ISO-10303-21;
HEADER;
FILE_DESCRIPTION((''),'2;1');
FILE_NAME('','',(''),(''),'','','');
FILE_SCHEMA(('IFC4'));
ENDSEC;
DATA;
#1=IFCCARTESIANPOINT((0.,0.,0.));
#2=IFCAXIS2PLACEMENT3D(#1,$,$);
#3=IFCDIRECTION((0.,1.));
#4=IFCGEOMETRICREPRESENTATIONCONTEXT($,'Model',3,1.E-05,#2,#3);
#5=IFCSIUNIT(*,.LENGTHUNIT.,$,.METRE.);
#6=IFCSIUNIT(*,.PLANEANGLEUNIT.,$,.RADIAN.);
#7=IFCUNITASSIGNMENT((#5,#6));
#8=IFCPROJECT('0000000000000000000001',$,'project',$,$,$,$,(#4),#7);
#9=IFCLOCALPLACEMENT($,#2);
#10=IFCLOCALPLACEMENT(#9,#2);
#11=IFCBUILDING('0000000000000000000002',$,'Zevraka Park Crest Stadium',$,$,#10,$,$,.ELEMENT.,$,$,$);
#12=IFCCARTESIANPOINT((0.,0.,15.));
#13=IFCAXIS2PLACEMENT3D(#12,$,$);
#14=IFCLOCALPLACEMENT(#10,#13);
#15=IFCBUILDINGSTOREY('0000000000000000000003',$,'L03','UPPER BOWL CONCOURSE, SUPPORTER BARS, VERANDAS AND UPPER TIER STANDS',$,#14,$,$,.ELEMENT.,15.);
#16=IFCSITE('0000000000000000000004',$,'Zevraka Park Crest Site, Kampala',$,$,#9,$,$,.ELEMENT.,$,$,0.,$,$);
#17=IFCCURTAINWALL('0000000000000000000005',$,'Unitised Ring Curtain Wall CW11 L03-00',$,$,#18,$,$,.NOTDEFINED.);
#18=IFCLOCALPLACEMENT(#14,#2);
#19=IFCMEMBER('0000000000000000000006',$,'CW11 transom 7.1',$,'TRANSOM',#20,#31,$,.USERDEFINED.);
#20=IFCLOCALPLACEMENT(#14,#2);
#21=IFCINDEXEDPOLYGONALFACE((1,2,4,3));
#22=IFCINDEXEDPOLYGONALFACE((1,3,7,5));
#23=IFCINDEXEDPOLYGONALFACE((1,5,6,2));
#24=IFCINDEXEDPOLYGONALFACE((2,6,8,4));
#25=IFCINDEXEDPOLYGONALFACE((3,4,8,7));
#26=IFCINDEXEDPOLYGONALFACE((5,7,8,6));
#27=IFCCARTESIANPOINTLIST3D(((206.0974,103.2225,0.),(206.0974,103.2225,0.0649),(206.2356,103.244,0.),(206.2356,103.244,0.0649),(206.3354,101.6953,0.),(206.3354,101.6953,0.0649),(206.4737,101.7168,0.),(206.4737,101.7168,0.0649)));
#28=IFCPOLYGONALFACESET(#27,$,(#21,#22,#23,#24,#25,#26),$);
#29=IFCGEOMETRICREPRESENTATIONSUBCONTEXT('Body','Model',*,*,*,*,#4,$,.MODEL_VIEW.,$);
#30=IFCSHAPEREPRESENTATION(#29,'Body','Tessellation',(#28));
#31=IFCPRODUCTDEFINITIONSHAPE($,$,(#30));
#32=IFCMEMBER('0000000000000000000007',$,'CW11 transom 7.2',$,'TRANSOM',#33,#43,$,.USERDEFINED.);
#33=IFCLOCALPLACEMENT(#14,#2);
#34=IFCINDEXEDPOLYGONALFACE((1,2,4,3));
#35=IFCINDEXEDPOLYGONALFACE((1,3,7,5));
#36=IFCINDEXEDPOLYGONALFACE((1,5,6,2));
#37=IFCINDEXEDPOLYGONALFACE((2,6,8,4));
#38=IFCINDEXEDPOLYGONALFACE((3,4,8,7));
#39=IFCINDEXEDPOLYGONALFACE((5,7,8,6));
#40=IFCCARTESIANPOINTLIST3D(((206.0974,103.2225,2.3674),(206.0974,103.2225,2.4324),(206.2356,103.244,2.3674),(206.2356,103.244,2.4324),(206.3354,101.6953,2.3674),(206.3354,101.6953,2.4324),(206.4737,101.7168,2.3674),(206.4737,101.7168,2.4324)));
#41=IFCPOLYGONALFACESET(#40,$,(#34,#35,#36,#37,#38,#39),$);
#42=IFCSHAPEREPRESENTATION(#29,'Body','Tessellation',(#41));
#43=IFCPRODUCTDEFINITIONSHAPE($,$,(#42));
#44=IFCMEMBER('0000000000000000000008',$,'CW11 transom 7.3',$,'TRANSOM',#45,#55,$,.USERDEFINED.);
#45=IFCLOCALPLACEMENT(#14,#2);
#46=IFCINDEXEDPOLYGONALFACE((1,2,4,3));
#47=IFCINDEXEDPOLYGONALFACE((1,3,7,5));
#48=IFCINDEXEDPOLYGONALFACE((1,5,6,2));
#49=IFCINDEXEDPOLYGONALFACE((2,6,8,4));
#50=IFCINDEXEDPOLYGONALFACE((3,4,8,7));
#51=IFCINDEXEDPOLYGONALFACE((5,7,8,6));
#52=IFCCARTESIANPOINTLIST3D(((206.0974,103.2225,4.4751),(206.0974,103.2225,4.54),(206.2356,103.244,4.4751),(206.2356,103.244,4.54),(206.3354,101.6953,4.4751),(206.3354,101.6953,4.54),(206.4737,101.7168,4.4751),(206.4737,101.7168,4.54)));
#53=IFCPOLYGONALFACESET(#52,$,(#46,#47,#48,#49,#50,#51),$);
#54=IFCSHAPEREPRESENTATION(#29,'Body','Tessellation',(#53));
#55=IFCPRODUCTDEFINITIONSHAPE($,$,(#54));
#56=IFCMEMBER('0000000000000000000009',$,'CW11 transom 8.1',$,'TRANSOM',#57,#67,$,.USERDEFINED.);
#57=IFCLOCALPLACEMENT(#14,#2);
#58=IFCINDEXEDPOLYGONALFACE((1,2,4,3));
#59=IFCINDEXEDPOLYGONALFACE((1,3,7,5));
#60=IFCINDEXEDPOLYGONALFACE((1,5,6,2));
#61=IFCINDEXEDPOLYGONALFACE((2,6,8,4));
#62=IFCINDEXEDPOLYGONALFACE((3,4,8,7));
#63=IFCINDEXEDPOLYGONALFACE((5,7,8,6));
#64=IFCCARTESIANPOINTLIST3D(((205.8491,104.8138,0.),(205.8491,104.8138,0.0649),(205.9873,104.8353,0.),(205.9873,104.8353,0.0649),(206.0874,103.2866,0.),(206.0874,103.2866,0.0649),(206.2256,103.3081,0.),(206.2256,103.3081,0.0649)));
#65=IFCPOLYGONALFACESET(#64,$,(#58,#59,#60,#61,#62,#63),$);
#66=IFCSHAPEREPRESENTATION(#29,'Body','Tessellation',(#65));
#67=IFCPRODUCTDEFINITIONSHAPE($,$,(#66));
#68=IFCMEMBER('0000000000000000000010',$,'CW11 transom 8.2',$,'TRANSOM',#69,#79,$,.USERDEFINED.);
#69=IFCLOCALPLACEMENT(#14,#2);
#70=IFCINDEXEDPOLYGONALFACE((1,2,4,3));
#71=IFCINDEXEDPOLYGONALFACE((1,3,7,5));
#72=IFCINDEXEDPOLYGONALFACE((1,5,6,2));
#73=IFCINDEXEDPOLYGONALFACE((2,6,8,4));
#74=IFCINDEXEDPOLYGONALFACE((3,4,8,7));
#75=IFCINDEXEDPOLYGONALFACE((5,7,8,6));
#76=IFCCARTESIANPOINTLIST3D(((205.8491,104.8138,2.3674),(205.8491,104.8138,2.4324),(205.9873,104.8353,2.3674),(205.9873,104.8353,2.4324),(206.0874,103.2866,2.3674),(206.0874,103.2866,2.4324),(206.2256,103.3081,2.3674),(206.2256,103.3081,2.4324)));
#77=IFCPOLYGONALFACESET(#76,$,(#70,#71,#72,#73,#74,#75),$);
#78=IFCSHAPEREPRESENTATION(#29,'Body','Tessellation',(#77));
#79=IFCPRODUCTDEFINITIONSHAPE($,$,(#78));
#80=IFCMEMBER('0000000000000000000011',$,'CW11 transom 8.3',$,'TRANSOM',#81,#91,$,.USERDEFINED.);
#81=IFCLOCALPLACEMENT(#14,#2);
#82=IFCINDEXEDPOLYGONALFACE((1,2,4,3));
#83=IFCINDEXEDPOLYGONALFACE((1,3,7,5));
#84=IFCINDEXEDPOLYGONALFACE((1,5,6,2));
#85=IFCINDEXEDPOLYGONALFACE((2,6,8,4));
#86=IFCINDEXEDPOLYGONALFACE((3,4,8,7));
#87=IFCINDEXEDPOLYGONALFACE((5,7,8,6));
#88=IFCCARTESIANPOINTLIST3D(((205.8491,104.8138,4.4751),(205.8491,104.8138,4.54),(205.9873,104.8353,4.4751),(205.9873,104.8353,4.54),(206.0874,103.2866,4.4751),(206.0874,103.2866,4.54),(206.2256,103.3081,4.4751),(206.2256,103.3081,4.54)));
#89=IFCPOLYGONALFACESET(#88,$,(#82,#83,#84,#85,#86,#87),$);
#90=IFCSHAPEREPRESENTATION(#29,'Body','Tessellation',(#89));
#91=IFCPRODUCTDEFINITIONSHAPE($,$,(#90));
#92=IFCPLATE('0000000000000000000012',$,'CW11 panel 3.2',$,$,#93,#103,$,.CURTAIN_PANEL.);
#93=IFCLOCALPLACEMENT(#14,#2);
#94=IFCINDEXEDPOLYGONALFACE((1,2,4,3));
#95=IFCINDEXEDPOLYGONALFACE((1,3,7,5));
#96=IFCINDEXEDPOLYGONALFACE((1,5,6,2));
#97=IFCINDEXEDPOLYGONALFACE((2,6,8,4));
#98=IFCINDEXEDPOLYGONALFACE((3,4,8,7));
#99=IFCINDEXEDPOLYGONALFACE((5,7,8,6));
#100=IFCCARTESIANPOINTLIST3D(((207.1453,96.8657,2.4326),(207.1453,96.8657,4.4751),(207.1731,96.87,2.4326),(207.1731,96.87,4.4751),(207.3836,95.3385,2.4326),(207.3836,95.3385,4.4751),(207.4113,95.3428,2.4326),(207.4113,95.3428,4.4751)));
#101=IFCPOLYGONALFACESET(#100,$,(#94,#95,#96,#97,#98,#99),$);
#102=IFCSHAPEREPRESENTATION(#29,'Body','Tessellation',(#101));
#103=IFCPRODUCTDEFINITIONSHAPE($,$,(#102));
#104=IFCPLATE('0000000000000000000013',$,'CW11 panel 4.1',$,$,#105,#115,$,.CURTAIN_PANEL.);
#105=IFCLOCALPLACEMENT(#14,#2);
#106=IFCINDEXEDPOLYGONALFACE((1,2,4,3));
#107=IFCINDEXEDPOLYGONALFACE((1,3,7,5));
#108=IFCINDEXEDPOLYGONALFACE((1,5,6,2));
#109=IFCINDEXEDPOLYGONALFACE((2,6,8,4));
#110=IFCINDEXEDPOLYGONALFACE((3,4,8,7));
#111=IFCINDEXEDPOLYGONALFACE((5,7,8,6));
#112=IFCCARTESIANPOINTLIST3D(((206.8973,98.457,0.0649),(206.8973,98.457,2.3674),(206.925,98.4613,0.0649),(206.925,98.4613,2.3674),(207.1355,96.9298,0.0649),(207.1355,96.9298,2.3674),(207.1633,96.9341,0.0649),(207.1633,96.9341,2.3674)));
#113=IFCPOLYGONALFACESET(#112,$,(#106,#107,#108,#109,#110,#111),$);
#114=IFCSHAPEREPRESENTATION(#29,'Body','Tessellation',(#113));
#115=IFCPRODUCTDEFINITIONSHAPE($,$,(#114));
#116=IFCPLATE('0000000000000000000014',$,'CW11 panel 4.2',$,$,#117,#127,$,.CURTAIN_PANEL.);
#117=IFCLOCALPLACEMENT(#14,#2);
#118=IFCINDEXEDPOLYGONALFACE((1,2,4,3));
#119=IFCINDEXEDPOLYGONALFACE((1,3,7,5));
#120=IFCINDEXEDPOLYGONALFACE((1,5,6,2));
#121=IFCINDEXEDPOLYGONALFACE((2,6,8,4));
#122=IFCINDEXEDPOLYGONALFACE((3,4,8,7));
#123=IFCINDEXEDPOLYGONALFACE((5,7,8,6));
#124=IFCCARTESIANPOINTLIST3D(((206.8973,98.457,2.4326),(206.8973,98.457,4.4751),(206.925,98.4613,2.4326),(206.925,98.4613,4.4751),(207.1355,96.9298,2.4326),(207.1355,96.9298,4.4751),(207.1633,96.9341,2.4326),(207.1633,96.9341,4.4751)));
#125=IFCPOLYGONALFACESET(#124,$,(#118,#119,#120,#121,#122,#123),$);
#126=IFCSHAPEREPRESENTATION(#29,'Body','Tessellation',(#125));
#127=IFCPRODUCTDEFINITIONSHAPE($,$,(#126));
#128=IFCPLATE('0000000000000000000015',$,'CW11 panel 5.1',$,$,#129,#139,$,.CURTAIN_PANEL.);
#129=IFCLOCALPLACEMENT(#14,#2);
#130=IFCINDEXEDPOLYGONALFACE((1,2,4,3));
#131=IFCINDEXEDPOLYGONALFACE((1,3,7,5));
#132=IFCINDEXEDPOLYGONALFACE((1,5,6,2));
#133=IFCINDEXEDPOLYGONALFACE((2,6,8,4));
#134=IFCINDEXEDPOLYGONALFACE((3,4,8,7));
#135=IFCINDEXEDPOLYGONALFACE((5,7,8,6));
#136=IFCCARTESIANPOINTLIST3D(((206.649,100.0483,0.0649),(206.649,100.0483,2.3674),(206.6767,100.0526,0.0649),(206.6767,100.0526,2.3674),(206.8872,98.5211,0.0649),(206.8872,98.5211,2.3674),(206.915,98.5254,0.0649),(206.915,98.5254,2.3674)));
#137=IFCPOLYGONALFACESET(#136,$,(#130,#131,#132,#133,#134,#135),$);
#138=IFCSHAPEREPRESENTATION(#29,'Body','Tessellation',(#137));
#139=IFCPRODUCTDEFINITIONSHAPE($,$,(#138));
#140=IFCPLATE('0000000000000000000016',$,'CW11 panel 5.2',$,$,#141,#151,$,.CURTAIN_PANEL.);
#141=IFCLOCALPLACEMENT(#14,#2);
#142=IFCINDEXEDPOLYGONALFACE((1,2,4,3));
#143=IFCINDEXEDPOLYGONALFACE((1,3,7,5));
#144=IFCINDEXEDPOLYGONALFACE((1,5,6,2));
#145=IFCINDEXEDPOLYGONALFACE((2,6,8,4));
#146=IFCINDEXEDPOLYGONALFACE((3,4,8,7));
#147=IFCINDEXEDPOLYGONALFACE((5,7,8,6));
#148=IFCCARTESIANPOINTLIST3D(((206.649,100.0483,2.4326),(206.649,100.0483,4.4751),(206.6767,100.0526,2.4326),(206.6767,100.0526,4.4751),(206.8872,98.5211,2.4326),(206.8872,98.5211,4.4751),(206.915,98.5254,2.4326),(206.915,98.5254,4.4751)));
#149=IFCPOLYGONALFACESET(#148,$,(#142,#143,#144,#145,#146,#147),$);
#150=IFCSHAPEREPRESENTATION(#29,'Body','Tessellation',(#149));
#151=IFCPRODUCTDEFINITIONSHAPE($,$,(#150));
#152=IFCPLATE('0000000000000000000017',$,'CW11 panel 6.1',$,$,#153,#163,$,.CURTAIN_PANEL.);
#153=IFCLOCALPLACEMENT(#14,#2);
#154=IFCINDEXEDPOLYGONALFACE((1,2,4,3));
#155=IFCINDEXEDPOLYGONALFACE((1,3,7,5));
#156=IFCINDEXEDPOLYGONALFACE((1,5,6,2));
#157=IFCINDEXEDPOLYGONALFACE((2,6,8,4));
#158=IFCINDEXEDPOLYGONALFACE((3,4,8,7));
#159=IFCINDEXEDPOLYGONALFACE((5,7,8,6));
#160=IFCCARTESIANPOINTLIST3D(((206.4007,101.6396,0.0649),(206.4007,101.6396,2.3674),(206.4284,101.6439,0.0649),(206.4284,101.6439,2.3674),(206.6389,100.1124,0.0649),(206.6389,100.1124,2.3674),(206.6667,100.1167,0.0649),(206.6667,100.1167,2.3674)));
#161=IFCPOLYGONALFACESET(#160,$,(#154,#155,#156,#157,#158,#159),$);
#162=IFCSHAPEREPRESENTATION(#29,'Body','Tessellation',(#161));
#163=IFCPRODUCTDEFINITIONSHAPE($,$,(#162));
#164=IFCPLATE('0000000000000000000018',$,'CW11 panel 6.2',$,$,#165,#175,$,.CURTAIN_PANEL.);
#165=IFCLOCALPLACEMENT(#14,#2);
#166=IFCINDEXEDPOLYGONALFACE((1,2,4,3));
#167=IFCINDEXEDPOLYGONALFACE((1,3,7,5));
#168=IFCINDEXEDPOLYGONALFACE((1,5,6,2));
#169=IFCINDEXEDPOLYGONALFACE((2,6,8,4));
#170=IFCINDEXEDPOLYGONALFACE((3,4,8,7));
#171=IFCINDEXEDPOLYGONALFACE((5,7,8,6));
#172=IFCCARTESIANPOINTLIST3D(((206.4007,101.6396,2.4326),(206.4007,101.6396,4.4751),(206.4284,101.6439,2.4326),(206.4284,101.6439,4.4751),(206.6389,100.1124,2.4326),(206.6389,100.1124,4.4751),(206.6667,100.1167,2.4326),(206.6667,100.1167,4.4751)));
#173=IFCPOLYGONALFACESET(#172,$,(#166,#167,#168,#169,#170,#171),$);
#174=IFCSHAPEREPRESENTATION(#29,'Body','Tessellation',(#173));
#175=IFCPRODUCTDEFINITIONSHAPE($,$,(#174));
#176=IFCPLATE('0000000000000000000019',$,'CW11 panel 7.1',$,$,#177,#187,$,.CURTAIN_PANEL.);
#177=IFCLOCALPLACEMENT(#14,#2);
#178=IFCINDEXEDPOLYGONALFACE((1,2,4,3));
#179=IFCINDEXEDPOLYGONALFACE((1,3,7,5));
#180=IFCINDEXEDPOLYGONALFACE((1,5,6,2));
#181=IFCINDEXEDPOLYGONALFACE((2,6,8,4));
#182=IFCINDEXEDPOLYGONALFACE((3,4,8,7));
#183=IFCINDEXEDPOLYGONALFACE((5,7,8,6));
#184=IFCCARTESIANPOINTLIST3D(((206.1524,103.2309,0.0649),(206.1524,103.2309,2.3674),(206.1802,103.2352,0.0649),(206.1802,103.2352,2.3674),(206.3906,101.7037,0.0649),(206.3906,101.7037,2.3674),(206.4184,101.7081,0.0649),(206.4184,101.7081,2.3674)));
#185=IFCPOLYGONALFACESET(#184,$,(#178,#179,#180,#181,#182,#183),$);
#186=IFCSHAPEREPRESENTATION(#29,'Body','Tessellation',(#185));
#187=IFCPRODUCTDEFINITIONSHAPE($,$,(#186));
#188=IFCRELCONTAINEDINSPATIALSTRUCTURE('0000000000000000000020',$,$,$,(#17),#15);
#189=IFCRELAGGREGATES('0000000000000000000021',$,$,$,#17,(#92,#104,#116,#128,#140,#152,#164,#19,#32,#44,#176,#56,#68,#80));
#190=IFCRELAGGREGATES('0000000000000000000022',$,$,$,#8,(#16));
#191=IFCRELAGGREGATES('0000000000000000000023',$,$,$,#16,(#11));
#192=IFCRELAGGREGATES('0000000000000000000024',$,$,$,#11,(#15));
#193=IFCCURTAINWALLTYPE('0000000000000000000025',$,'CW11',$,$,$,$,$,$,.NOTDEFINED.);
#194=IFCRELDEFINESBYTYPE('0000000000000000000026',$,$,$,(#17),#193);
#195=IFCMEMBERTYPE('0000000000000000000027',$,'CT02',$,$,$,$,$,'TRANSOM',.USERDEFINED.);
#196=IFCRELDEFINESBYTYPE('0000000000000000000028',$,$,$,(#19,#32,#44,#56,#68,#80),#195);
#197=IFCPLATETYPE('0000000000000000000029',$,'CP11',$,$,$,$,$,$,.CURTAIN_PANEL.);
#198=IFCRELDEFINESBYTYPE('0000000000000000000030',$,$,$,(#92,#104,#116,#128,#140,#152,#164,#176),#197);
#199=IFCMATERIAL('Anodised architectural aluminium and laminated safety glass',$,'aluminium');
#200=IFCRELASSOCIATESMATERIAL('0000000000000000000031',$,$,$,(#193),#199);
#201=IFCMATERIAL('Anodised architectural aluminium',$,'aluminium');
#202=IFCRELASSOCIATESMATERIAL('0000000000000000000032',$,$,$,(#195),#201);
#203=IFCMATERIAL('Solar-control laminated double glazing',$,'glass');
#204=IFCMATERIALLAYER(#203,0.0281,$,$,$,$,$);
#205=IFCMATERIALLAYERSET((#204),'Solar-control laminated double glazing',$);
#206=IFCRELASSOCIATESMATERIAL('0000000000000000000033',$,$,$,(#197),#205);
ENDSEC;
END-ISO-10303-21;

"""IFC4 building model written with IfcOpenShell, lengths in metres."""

from ifc_helpers import new_model, si_unit, direction, frame, origin, origin_2d, place, context, subcontext, project, spatial, rectangle, extrude, material, layer, layer_set, material_profile, profile_set, type_object, element, aggregate, save


model = new_model("IFC4")

# Units and contexts
model_context = context("Model", 3, precision=1e-05, world=origin(), true_north=direction((0.0, 1.0)))
body_context = subcontext(model_context, "Body", "Model", "MODEL_VIEW")
ifc_project = project(units=[si_unit("LENGTHUNIT", "METRE"), si_unit("PLANEANGLEUNIT", "RADIAN")], contexts=[model_context])

# Site, building, storey
site_placement = place(None, origin())
site = spatial("IfcSite", under=ifc_project, at=site_placement, Name="Zevraka Park Crest Site, Kampala", CompositionType="ELEMENT", RefElevation=0.0)
building_placement = place(site_placement, origin())
building = spatial("IfcBuilding", under=site, at=building_placement, Name="Zevraka Park Crest Stadium", CompositionType="ELEMENT")
storey_placement = place(building_placement, frame((0.0, 0.0, 15.0)))
storey = spatial("IfcBuildingStorey", under=building, at=storey_placement, Name="L03", Description="UPPER BOWL CONCOURSE, SUPPORTER BARS, VERANDAS AND UPPER TIER STANDS", CompositionType="ELEMENT", Elevation=15.0)

# Curtain wall, members, plates
ifc_material_1 = material(Name="Anodised architectural aluminium and laminated safety glass", Category="aluminium")
curtain_wall_type = type_object("IfcCurtainWallType", Name="CW11", PredefinedType="NOTDEFINED", material=ifc_material_1)
curtain_wall_placement = place(storey_placement, origin())
curtain_wall = element("IfcCurtainWall", 1, at=curtain_wall_placement, inside=storey, type_object=curtain_wall_type, Name="Unitised Ring Curtain Wall CW11 L03-00", PredefinedType="NOTDEFINED")
ifc_material_2 = material(Name="Anodised architectural aluminium", Category="aluminium")
ifc_material_profile_1 = material_profile(ifc_material_2, rectangle(XDim=0.1399, YDim=0.0649, at=origin_2d()), Name="ALU TRANSOM 140x65")
ifc_profile_set_1 = profile_set([ifc_material_profile_1], Name="Anodised architectural aluminium")
member_type_1 = type_object("IfcMemberType", Name="CT02", ElementType="TRANSOM", PredefinedType="USERDEFINED", material=ifc_profile_set_1)
member_1_placement = place(storey_placement, frame((206.4045, 101.7061, 0.0325), z_axis=(-0.154015, 0.988068, 0.0), x_axis=(-0.988068, -0.154015, 0.0)))
member_1 = element("IfcMember", 2, at=member_1_placement, type_object=member_type_1, Name="CW11 transom 7.1", ObjectType="TRANSOM", PredefinedType="USERDEFINED", context=body_context, shape_type="SweptSolid", body=[
    extrude(rectangle(XDim=0.1399, YDim=0.0649, at=origin_2d()), origin(), (0.0, 0.0, 1.0), 1.5457),
])
member_2_placement = place(storey_placement, frame((206.4045, 101.7061, 2.3999), z_axis=(-0.154015, 0.988068, 0.0), x_axis=(-0.988068, -0.154015, 0.0)))
member_2 = element("IfcMember", 3, at=member_2_placement, type_object=member_type_1, Name="CW11 transom 7.2", ObjectType="TRANSOM", PredefinedType="USERDEFINED", context=body_context, shape_type="SweptSolid", body=[
    extrude(rectangle(XDim=0.1399, YDim=0.0649, at=origin_2d()), origin(), (0.0, 0.0, 1.0), 1.5457),
])
member_3_placement = place(storey_placement, frame((206.4045, 101.7061, 4.5076), z_axis=(-0.154015, 0.988068, 0.0), x_axis=(-0.988068, -0.154015, 0.0)))
member_3 = element("IfcMember", 4, at=member_3_placement, type_object=member_type_1, Name="CW11 transom 7.3", ObjectType="TRANSOM", PredefinedType="USERDEFINED", context=body_context, shape_type="SweptSolid", body=[
    extrude(rectangle(XDim=0.1399, YDim=0.0649, at=origin_2d()), origin(), (0.0, 0.0, 1.0), 1.5457),
])
member_4_placement = place(storey_placement, frame((206.1565, 103.2974, 0.0325), z_axis=(-0.15417, 0.988044, 0.0), x_axis=(-0.988044, -0.15417, 0.0)))
member_4 = element("IfcMember", 5, at=member_4_placement, type_object=member_type_1, Name="CW11 transom 8.1", ObjectType="TRANSOM", PredefinedType="USERDEFINED", context=body_context, shape_type="SweptSolid", body=[
    extrude(rectangle(XDim=0.1399, YDim=0.0649, at=origin_2d()), origin(), (0.0, 0.0, 1.0), 1.5457),
])
member_5_placement = place(storey_placement, frame((206.1565, 103.2974, 2.3999), z_axis=(-0.15417, 0.988044, 0.0), x_axis=(-0.988044, -0.15417, 0.0)))
member_5 = element("IfcMember", 6, at=member_5_placement, type_object=member_type_1, Name="CW11 transom 8.2", ObjectType="TRANSOM", PredefinedType="USERDEFINED", context=body_context, shape_type="SweptSolid", body=[
    extrude(rectangle(XDim=0.1399, YDim=0.0649, at=origin_2d()), origin(), (0.0, 0.0, 1.0), 1.5457),
])
member_6_placement = place(storey_placement, frame((206.1565, 103.2974, 4.5076), z_axis=(-0.15417, 0.988044, 0.0), x_axis=(-0.988044, -0.15417, 0.0)))
member_6 = element("IfcMember", 7, at=member_6_placement, type_object=member_type_1, Name="CW11 transom 8.3", ObjectType="TRANSOM", PredefinedType="USERDEFINED", context=body_context, shape_type="SweptSolid", body=[
    extrude(rectangle(XDim=0.1399, YDim=0.0649, at=origin_2d()), origin(), (0.0, 0.0, 1.0), 1.5457),
])
ifc_material_3 = material(Name="Solar-control laminated double glazing", Category="glass")
ifc_layer_1 = layer(ifc_material_3, 0.0281)
ifc_layer_set_1 = layer_set([ifc_layer_1], Name="Solar-control laminated double glazing")
plate_type = type_object("IfcPlateType", Name="CP11", PredefinedType="CURTAIN_PANEL", material=ifc_layer_set_1)
plate_1_placement = place(storey_placement, frame((207.2783, 96.1042, 2.4326), z_axis=(0.0, 0.0, 1.0), x_axis=(-0.154128, 0.988051, 0.0)))
plate_1 = element("IfcPlate", 8, at=plate_1_placement, type_object=plate_type, Name="CW11 panel 3.2", PredefinedType="CURTAIN_PANEL", context=body_context, shape_type="SweptSolid", body=[
    extrude(rectangle(XDim=1.5457, YDim=0.0281, at=origin_2d()), origin(), (0.0, 0.0, 1.0), 2.0425),
])
plate_2_placement = place(storey_placement, frame((207.0303, 97.6956, 0.0649), z_axis=(0.0, 0.0, 1.0), x_axis=(-0.154128, 0.988051, 0.0)))
plate_2 = element("IfcPlate", 9, at=plate_2_placement, type_object=plate_type, Name="CW11 panel 4.1", PredefinedType="CURTAIN_PANEL", context=body_context, shape_type="SweptSolid", body=[
    extrude(rectangle(XDim=1.5457, YDim=0.0281, at=origin_2d()), origin(), (0.0, 0.0, 1.0), 2.3025),
])
plate_3_placement = place(storey_placement, frame((207.0303, 97.6956, 2.4326), z_axis=(0.0, 0.0, 1.0), x_axis=(-0.154128, 0.988051, 0.0)))
plate_3 = element("IfcPlate", 10, at=plate_3_placement, type_object=plate_type, Name="CW11 panel 4.2", PredefinedType="CURTAIN_PANEL", context=body_context, shape_type="SweptSolid", body=[
    extrude(rectangle(XDim=1.5457, YDim=0.0281, at=origin_2d()), origin(), (0.0, 0.0, 1.0), 2.0425),
])
plate_4_placement = place(storey_placement, frame((206.782, 99.2869, 0.0649), z_axis=(0.0, 0.0, 1.0), x_axis=(-0.154128, 0.988051, 0.0)))
plate_4 = element("IfcPlate", 11, at=plate_4_placement, type_object=plate_type, Name="CW11 panel 5.1", PredefinedType="CURTAIN_PANEL", context=body_context, shape_type="SweptSolid", body=[
    extrude(rectangle(XDim=1.5457, YDim=0.0281, at=origin_2d()), origin(), (0.0, 0.0, 1.0), 2.3025),
])
plate_5_placement = place(storey_placement, frame((206.782, 99.2869, 2.4326), z_axis=(0.0, 0.0, 1.0), x_axis=(-0.154128, 0.988051, 0.0)))
plate_5 = element("IfcPlate", 12, at=plate_5_placement, type_object=plate_type, Name="CW11 panel 5.2", PredefinedType="CURTAIN_PANEL", context=body_context, shape_type="SweptSolid", body=[
    extrude(rectangle(XDim=1.5457, YDim=0.0281, at=origin_2d()), origin(), (0.0, 0.0, 1.0), 2.0425),
])
plate_6_placement = place(storey_placement, frame((206.5337, 100.8782, 0.0649), z_axis=(0.0, 0.0, 1.0), x_axis=(-0.154128, 0.988051, 0.0)))
plate_6 = element("IfcPlate", 13, at=plate_6_placement, type_object=plate_type, Name="CW11 panel 6.1", PredefinedType="CURTAIN_PANEL", context=body_context, shape_type="SweptSolid", body=[
    extrude(rectangle(XDim=1.5457, YDim=0.0281, at=origin_2d()), origin(), (0.0, 0.0, 1.0), 2.3025),
])
plate_7_placement = place(storey_placement, frame((206.5337, 100.8782, 2.4326), z_axis=(0.0, 0.0, 1.0), x_axis=(-0.154128, 0.988051, 0.0)))
plate_7 = element("IfcPlate", 14, at=plate_7_placement, type_object=plate_type, Name="CW11 panel 6.2", PredefinedType="CURTAIN_PANEL", context=body_context, shape_type="SweptSolid", body=[
    extrude(rectangle(XDim=1.5457, YDim=0.0281, at=origin_2d()), origin(), (0.0, 0.0, 1.0), 2.0425),
])
plate_8_placement = place(storey_placement, frame((206.2854, 102.4695, 0.0649), z_axis=(0.0, 0.0, 1.0), x_axis=(-0.154128, 0.988051, 0.0)))
plate_8 = element("IfcPlate", 15, at=plate_8_placement, type_object=plate_type, Name="CW11 panel 7.1", PredefinedType="CURTAIN_PANEL", context=body_context, shape_type="SweptSolid", body=[
    extrude(rectangle(XDim=1.5457, YDim=0.0281, at=origin_2d()), origin(), (0.0, 0.0, 1.0), 2.3025),
])
aggregate(curtain_wall, [plate_1, plate_2, plate_3, plate_4, plate_5, plate_6, plate_7, member_1, member_2, member_3, plate_8, member_4, member_5, member_6])

save(model, "model.ifc")
